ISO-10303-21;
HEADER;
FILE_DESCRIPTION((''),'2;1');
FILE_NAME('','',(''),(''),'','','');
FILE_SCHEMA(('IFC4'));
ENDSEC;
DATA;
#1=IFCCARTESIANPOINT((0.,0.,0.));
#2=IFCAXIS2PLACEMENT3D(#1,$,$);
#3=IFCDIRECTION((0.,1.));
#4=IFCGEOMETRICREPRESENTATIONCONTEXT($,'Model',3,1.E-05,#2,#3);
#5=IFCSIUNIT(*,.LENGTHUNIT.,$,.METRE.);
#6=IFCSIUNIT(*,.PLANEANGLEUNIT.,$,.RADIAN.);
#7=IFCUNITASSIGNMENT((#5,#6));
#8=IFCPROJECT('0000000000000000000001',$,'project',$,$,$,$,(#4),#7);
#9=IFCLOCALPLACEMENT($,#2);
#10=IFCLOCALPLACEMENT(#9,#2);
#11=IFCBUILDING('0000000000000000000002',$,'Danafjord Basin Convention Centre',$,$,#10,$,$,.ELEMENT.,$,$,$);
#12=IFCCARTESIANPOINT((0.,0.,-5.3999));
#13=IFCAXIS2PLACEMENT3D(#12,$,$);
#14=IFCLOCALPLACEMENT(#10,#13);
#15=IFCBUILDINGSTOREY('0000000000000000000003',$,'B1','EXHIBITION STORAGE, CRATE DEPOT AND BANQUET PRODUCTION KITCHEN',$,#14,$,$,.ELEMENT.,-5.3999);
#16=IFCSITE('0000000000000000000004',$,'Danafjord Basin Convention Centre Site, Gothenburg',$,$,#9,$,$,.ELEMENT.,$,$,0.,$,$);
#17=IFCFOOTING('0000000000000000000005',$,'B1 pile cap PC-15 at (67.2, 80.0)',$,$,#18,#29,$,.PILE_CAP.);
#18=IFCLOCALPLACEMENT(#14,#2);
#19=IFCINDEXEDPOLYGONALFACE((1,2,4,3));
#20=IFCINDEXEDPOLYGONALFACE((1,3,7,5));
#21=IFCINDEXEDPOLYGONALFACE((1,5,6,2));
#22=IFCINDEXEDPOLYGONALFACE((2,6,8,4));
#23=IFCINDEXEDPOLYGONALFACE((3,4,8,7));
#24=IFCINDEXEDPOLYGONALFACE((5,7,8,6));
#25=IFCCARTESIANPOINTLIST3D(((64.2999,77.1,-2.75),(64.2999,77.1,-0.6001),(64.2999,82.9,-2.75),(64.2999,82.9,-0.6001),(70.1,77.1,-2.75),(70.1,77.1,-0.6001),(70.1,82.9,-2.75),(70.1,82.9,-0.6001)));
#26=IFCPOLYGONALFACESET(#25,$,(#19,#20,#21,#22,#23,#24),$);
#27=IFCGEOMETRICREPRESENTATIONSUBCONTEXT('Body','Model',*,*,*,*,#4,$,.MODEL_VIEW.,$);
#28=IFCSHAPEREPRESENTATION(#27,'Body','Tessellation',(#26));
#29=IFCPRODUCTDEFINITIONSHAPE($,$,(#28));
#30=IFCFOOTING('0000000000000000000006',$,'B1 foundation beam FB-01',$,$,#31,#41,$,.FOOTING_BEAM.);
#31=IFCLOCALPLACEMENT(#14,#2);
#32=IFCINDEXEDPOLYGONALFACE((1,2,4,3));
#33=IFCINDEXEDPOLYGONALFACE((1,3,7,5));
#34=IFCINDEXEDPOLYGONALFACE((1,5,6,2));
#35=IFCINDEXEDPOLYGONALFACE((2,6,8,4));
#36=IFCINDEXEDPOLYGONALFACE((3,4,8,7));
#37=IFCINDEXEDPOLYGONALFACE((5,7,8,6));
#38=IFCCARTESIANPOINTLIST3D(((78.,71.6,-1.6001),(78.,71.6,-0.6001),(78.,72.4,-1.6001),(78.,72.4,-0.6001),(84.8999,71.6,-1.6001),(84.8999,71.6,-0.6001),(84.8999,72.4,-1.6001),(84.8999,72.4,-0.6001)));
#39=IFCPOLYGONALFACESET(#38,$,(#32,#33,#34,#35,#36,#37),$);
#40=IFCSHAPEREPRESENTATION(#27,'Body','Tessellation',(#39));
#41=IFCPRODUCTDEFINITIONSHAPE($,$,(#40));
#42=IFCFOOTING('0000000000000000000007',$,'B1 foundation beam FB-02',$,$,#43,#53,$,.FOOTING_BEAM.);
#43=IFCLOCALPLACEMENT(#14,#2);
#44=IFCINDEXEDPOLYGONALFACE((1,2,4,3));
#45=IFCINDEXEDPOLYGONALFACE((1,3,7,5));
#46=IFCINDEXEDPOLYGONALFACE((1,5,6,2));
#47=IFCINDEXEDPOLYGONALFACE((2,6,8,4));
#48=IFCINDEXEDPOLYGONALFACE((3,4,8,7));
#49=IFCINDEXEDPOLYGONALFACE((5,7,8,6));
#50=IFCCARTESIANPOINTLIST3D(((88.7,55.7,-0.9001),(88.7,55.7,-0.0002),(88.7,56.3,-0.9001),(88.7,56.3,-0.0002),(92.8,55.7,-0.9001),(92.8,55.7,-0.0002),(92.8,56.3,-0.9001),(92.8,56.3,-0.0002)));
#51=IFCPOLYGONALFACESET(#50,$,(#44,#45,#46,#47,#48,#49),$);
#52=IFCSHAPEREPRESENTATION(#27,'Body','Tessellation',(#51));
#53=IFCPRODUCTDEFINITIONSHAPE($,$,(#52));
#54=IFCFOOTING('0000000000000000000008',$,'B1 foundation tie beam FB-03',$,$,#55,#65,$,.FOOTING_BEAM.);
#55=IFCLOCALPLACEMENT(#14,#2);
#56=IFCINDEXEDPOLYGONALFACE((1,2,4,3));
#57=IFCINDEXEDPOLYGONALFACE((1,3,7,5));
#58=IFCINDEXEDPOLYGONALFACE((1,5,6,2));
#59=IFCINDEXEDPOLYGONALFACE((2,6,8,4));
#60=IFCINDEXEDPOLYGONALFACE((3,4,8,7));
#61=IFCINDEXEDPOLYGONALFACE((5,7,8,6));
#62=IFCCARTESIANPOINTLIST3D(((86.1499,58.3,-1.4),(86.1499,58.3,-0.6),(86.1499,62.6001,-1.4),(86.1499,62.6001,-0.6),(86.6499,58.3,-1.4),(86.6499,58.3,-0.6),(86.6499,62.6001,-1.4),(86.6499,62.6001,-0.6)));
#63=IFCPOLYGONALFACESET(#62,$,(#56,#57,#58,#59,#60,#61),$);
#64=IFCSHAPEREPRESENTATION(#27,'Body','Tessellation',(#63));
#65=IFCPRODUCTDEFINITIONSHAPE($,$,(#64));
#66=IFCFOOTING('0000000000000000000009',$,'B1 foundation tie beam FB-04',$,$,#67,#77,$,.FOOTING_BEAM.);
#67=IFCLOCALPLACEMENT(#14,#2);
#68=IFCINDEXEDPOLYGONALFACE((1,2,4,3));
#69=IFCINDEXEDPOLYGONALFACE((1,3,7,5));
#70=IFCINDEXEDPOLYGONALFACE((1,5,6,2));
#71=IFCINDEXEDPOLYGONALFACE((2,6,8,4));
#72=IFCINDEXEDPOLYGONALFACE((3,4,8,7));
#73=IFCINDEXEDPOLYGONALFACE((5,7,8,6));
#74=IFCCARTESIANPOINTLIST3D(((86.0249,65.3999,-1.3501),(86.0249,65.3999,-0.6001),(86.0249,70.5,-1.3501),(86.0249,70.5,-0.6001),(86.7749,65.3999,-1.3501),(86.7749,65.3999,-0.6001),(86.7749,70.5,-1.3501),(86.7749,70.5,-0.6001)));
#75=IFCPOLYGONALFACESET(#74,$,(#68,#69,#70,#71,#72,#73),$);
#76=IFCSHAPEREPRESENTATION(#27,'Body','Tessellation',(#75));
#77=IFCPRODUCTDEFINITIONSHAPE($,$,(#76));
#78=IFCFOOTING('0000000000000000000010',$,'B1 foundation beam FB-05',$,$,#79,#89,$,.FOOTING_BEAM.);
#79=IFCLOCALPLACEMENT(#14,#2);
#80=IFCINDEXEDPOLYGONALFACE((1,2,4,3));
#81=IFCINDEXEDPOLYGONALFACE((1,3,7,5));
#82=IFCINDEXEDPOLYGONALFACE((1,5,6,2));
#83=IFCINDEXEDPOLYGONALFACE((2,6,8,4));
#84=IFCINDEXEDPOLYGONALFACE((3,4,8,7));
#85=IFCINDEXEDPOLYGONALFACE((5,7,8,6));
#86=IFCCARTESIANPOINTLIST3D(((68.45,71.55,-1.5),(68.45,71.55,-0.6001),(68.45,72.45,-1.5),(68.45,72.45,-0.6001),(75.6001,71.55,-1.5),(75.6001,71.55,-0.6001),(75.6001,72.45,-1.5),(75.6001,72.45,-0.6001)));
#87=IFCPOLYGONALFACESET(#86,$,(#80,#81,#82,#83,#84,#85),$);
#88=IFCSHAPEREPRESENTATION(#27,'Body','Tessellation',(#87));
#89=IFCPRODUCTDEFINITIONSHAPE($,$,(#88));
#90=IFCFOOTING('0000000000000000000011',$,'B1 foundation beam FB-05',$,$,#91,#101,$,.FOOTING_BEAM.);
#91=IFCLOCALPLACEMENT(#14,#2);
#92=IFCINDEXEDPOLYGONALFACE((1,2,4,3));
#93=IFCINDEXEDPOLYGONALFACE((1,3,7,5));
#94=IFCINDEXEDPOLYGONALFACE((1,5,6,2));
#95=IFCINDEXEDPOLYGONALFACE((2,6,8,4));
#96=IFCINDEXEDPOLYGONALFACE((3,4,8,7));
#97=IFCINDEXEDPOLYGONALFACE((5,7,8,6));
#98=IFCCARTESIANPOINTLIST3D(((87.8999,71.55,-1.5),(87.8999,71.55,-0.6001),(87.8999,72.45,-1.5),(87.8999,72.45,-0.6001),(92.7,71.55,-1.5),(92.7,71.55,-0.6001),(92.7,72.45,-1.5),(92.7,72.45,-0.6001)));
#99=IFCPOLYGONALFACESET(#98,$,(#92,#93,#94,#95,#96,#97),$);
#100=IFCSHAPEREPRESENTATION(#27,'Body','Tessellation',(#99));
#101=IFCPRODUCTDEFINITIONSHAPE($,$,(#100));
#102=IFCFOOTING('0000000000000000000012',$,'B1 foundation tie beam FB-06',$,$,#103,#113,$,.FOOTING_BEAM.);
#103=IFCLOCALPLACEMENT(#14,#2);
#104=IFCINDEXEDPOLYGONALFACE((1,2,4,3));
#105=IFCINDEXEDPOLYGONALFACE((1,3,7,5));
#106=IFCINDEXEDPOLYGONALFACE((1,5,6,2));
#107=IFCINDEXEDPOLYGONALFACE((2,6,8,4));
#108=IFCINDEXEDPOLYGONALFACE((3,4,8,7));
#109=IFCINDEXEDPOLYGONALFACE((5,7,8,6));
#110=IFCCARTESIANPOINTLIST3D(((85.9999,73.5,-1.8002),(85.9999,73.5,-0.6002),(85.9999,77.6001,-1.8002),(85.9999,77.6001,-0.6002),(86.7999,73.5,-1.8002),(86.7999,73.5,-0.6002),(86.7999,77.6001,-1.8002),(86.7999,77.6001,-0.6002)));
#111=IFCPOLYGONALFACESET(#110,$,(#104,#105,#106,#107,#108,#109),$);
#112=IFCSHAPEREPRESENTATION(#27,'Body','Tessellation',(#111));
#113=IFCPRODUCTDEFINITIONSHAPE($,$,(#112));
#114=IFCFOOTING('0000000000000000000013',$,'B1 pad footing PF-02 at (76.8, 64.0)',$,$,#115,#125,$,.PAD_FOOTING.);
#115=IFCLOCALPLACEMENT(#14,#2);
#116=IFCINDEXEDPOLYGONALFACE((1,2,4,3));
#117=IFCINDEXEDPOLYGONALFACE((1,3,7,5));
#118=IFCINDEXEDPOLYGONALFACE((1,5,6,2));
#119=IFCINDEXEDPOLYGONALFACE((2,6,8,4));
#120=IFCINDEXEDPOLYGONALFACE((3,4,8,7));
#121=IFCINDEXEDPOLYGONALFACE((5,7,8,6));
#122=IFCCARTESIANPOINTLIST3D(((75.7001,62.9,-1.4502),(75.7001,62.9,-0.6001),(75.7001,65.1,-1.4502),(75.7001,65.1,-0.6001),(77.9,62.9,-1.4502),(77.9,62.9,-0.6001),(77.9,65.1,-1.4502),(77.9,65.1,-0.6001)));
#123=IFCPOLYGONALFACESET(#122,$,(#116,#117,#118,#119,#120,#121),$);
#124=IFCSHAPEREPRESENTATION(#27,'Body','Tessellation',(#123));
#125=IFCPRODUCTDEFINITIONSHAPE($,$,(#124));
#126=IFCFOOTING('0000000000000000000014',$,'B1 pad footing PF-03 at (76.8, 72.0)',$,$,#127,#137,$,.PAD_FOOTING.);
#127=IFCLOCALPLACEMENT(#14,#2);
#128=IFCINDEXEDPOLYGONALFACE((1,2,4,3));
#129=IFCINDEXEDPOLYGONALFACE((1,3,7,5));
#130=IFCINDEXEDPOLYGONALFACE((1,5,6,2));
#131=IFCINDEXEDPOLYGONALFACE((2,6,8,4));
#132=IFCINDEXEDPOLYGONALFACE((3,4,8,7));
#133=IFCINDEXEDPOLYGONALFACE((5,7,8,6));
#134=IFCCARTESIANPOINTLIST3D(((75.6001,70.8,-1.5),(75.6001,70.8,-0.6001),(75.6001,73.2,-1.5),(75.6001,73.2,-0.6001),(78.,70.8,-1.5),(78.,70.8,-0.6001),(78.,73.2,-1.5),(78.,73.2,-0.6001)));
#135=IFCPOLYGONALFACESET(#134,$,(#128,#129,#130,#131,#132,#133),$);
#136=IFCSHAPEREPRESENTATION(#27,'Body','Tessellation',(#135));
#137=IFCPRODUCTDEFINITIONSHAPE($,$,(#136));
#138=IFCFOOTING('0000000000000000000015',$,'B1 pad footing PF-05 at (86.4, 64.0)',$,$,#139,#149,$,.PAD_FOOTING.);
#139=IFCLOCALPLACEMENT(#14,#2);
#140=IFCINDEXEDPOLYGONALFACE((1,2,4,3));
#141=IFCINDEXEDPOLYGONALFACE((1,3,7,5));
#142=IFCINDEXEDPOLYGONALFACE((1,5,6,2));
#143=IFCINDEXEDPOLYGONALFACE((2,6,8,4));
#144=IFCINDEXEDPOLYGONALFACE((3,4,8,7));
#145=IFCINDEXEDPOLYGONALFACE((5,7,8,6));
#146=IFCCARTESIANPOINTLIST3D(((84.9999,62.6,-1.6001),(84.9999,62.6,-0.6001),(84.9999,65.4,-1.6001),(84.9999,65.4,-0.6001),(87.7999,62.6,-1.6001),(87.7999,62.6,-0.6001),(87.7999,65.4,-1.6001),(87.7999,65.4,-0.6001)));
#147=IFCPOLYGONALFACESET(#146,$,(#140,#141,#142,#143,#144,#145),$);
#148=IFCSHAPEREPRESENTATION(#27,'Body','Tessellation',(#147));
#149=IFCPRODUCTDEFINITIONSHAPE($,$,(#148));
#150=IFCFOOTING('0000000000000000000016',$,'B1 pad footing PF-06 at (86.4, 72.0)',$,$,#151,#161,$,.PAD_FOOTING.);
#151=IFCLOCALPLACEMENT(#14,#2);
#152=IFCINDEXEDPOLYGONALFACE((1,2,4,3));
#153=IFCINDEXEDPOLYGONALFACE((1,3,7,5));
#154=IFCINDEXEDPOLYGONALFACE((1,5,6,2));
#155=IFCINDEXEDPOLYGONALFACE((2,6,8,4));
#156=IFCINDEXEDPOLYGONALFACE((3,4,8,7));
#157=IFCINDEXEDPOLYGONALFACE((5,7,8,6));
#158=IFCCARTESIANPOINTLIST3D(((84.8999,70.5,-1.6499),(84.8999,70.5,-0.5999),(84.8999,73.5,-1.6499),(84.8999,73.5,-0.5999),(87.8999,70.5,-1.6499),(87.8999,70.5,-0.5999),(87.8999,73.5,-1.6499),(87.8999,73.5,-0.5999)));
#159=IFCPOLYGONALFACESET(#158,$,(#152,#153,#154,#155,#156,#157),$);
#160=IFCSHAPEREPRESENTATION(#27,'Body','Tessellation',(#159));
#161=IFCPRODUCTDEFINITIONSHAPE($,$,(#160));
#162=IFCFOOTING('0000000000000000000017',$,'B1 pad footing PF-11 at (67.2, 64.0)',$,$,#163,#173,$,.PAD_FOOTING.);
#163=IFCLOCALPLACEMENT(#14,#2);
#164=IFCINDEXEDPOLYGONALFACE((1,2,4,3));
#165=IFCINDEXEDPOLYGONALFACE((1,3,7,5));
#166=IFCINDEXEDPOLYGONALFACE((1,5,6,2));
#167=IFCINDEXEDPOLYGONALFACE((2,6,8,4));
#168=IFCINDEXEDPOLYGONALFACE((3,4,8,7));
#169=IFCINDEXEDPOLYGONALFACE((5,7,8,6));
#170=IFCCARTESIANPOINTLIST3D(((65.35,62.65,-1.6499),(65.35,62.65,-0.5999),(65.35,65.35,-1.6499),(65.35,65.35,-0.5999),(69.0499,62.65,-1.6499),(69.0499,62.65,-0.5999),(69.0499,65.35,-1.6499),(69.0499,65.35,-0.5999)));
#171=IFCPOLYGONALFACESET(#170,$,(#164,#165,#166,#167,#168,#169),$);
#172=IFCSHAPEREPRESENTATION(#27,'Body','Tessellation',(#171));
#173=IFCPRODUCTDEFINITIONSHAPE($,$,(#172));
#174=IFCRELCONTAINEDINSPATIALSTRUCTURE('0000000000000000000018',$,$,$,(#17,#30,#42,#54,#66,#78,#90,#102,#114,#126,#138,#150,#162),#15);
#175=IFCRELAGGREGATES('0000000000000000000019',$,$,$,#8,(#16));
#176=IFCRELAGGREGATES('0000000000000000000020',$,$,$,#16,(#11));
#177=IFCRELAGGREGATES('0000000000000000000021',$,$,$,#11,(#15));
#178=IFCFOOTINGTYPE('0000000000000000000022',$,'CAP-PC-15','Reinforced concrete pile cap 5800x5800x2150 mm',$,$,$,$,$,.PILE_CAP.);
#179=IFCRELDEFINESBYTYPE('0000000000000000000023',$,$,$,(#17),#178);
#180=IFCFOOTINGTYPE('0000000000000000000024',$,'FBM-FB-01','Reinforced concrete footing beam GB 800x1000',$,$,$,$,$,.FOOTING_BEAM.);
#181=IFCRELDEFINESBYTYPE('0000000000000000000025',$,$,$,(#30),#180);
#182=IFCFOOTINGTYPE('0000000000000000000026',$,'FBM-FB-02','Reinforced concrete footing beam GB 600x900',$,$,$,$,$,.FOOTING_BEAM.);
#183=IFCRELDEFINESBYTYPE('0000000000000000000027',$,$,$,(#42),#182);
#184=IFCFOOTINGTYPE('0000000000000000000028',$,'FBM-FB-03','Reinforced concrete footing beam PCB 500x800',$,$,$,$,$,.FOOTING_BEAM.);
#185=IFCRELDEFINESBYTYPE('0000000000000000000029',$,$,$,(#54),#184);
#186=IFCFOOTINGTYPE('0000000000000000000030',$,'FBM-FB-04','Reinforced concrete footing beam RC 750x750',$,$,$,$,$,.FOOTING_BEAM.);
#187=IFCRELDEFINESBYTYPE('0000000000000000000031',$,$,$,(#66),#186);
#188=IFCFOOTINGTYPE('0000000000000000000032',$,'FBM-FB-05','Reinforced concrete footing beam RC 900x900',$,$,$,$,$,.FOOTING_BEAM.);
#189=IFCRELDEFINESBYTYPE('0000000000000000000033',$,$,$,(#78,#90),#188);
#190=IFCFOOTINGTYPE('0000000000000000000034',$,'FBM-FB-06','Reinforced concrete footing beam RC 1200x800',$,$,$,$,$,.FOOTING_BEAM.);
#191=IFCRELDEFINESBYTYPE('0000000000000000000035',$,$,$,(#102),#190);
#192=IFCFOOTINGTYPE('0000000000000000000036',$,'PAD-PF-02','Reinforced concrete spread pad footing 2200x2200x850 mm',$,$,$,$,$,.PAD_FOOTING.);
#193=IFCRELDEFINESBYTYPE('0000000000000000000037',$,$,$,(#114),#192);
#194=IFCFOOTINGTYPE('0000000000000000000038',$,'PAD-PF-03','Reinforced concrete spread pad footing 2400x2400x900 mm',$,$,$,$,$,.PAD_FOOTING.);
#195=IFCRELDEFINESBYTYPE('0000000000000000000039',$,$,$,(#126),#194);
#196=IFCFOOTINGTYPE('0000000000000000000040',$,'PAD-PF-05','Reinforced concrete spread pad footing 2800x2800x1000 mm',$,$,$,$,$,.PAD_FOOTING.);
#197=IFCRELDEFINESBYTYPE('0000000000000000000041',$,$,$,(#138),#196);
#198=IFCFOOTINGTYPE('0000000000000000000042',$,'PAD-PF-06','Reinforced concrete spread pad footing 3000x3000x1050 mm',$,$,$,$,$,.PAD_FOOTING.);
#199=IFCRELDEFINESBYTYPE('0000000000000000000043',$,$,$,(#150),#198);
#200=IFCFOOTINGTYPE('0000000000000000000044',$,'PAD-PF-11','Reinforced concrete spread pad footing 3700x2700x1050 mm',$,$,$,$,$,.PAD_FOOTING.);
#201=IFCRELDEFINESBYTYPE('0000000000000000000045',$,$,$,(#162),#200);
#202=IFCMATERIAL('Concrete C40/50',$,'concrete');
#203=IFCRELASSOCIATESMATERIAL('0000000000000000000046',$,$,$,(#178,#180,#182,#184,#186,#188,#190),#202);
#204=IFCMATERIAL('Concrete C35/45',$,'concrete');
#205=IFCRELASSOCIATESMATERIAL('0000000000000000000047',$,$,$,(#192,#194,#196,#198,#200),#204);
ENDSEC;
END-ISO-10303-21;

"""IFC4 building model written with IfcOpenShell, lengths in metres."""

from ifc_helpers import new_model, si_unit, direction, frame, origin, origin_2d, place, context, subcontext, project, spatial, rectangle, extrude, material, material_profile, profile_set, type_object, element, save


model = new_model("IFC4")

# Units and contexts
model_context = context("Model", 3, precision=1e-05, world=origin(), true_north=direction((0.0, 1.0)))
body_context = subcontext(model_context, "Body", "Model", "MODEL_VIEW")
ifc_project = project(units=[si_unit("LENGTHUNIT", "METRE"), si_unit("PLANEANGLEUNIT", "RADIAN")], contexts=[model_context])

# Site, building, storey
site_placement = place(None, origin())
site = spatial("IfcSite", under=ifc_project, at=site_placement, Name="Danafjord Basin Convention Centre Site, Gothenburg", CompositionType="ELEMENT", RefElevation=0.0)
building_placement = place(site_placement, origin())
building = spatial("IfcBuilding", under=site, at=building_placement, Name="Danafjord Basin Convention Centre", CompositionType="ELEMENT")
storey_placement = place(building_placement, frame((0.0, 0.0, -5.3999)))
storey = spatial("IfcBuildingStorey", under=building, at=storey_placement, Name="B1", Description="EXHIBITION STORAGE, CRATE DEPOT AND BANQUET PRODUCTION KITCHEN", CompositionType="ELEMENT", Elevation=-5.3999)

# Footings
ifc_material_1 = material(Name="Concrete C40/50", Category="concrete")
footing_type_1 = type_object("IfcFootingType", Name="CAP-PC-15", Description="Reinforced concrete pile cap 5800x5800x2150 mm", PredefinedType="PILE_CAP", material=ifc_material_1)
footing_1_placement = place(storey_placement, frame((67.2, 80.0, -2.75), z_axis=(0.0, 0.0, 1.0), x_axis=(1.0, 0.0, 0.0)))
element("IfcFooting", 1, at=footing_1_placement, inside=storey, type_object=footing_type_1, Name="B1 pile cap PC-15 at (67.2, 80.0)", PredefinedType="PILE_CAP", context=body_context, shape_type="SweptSolid", body=[
    extrude(rectangle(XDim=5.8, YDim=5.8, at=origin_2d()), origin(), (0.0, 0.0, 1.0), 2.1499),
])
ifc_material_profile_1 = material_profile(ifc_material_1, rectangle(XDim=0.8, YDim=1.0, at=origin_2d()), Name="GB 800x1000")
ifc_profile_set_1 = profile_set([ifc_material_profile_1], Name="Concrete C40/50")
footing_type_2 = type_object("IfcFootingType", Name="FBM-FB-01", Description="Reinforced concrete footing beam GB 800x1000", PredefinedType="FOOTING_BEAM", material=ifc_profile_set_1)
footing_2_placement = place(storey_placement, frame((78.0, 72.0, -1.1001), z_axis=(1.0, 0.0, 0.0), x_axis=(0.0, 1.0, 0.0)))
element("IfcFooting", 2, at=footing_2_placement, inside=storey, type_object=footing_type_2, Name="B1 foundation beam FB-01", PredefinedType="FOOTING_BEAM", context=body_context, shape_type="SweptSolid", body=[
    extrude(rectangle(XDim=0.8, YDim=1.0, at=origin_2d()), origin(), (0.0, 0.0, 1.0), 6.8999),
])
ifc_material_profile_2 = material_profile(ifc_material_1, rectangle(XDim=0.6001, YDim=0.8999, at=origin_2d()), Name="GB 600x900")
ifc_profile_set_2 = profile_set([ifc_material_profile_2], Name="Concrete C40/50")
footing_type_3 = type_object("IfcFootingType", Name="FBM-FB-02", Description="Reinforced concrete footing beam GB 600x900", PredefinedType="FOOTING_BEAM", material=ifc_profile_set_2)
footing_3_placement = place(storey_placement, frame((88.7, 56.0, -0.4502), z_axis=(1.0, 0.0, 0.0), x_axis=(0.0, 1.0, 0.0)))
element("IfcFooting", 3, at=footing_3_placement, inside=storey, type_object=footing_type_3, Name="B1 foundation beam FB-02", PredefinedType="FOOTING_BEAM", context=body_context, shape_type="SweptSolid", body=[
    extrude(rectangle(XDim=0.6001, YDim=0.8999, at=origin_2d()), origin(), (0.0, 0.0, 1.0), 4.1001),
])
ifc_material_profile_3 = material_profile(ifc_material_1, rectangle(XDim=0.5, YDim=0.8, at=origin_2d()), Name="PCB 500x800")
ifc_profile_set_3 = profile_set([ifc_material_profile_3], Name="Concrete C40/50")
footing_type_4 = type_object("IfcFootingType", Name="FBM-FB-03", Description="Reinforced concrete footing beam PCB 500x800", PredefinedType="FOOTING_BEAM", material=ifc_profile_set_3)
footing_4_placement = place(storey_placement, frame((86.3999, 58.3, -1.0), z_axis=(0.0, 1.0, 0.0), x_axis=(-1.0, 0.0, 0.0)))
element("IfcFooting", 4, at=footing_4_placement, inside=storey, type_object=footing_type_4, Name="B1 foundation tie beam FB-03", PredefinedType="FOOTING_BEAM", context=body_context, shape_type="SweptSolid", body=[
    extrude(rectangle(XDim=0.5, YDim=0.8, at=origin_2d()), origin(), (0.0, 0.0, 1.0), 4.3),
])
ifc_material_profile_4 = material_profile(ifc_material_1, rectangle(XDim=0.75, YDim=0.75, at=origin_2d()), Name="RC 750x750")
ifc_profile_set_4 = profile_set([ifc_material_profile_4], Name="Concrete C40/50")
footing_type_5 = type_object("IfcFootingType", Name="FBM-FB-04", Description="Reinforced concrete footing beam RC 750x750", PredefinedType="FOOTING_BEAM", material=ifc_profile_set_4)
footing_5_placement = place(storey_placement, frame((86.3999, 65.3999, -0.9751), z_axis=(0.0, 1.0, 0.0), x_axis=(-1.0, 0.0, 0.0)))
element("IfcFooting", 5, at=footing_5_placement, inside=storey, type_object=footing_type_5, Name="B1 foundation tie beam FB-04", PredefinedType="FOOTING_BEAM", context=body_context, shape_type="SweptSolid", body=[
    extrude(rectangle(XDim=0.75, YDim=0.75, at=origin_2d()), origin(), (0.0, 0.0, 1.0), 5.1001),
])
ifc_material_profile_5 = material_profile(ifc_material_1, rectangle(XDim=0.8999, YDim=0.8999, at=origin_2d()), Name="RC 900x900")
ifc_profile_set_5 = profile_set([ifc_material_profile_5], Name="Concrete C40/50")
footing_type_6 = type_object("IfcFootingType", Name="FBM-FB-05", Description="Reinforced concrete footing beam RC 900x900", PredefinedType="FOOTING_BEAM", material=ifc_profile_set_5)
footing_6_placement = place(storey_placement, frame((68.45, 72.0, -1.05), z_axis=(1.0, 0.0, 0.0), x_axis=(0.0, 1.0, 0.0)))
element("IfcFooting", 6, at=footing_6_placement, inside=storey, type_object=footing_type_6, Name="B1 foundation beam FB-05", PredefinedType="FOOTING_BEAM", context=body_context, shape_type="SweptSolid", body=[
    extrude(rectangle(XDim=0.8999, YDim=0.8999, at=origin_2d()), origin(), (0.0, 0.0, 1.0), 7.1501),
])
footing_7_placement = place(storey_placement, frame((87.8999, 72.0, -1.05), z_axis=(1.0, 0.0, 0.0), x_axis=(0.0, 1.0, 0.0)))
element("IfcFooting", 7, at=footing_7_placement, inside=storey, type_object=footing_type_6, Name="B1 foundation beam FB-05", PredefinedType="FOOTING_BEAM", context=body_context, shape_type="SweptSolid", body=[
    extrude(rectangle(XDim=0.8999, YDim=0.8999, at=origin_2d()), origin(), (0.0, 0.0, 1.0), 4.8),
])
ifc_material_profile_6 = material_profile(ifc_material_1, rectangle(XDim=0.8, YDim=1.2, at=origin_2d()), Name="RC 1200x800")
ifc_profile_set_6 = profile_set([ifc_material_profile_6], Name="Concrete C40/50")
footing_type_7 = type_object("IfcFootingType", Name="FBM-FB-06", Description="Reinforced concrete footing beam RC 1200x800", PredefinedType="FOOTING_BEAM", material=ifc_profile_set_6)
footing_8_placement = place(storey_placement, frame((86.3999, 73.5, -1.2002), z_axis=(0.0, 1.0, 0.0), x_axis=(-1.0, 0.0, 0.0)))
element("IfcFooting", 8, at=footing_8_placement, inside=storey, type_object=footing_type_7, Name="B1 foundation tie beam FB-06", PredefinedType="FOOTING_BEAM", context=body_context, shape_type="SweptSolid", body=[
    extrude(rectangle(XDim=0.8, YDim=1.2, at=origin_2d()), origin(), (0.0, 0.0, 1.0), 4.1001),
])
ifc_material_2 = material(Name="Concrete C35/45", Category="concrete")
footing_type_8 = type_object("IfcFootingType", Name="PAD-PF-02", Description="Reinforced concrete spread pad footing 2200x2200x850 mm", PredefinedType="PAD_FOOTING", material=ifc_material_2)
footing_9_placement = place(storey_placement, frame((76.8, 64.0, -1.4502), z_axis=(0.0, 0.0, 1.0), x_axis=(1.0, 0.0, 0.0)))
element("IfcFooting", 9, at=footing_9_placement, inside=storey, type_object=footing_type_8, Name="B1 pad footing PF-02 at (76.8, 64.0)", PredefinedType="PAD_FOOTING", context=body_context, shape_type="SweptSolid", body=[
    extrude(rectangle(XDim=2.2, YDim=2.2, at=origin_2d()), origin(), (0.0, 0.0, 1.0), 0.8501),
])
footing_type_9 = type_object("IfcFootingType", Name="PAD-PF-03", Description="Reinforced concrete spread pad footing 2400x2400x900 mm", PredefinedType="PAD_FOOTING", material=ifc_material_2)
footing_10_placement = place(storey_placement, frame((76.8, 72.0, -1.5), z_axis=(0.0, 0.0, 1.0), x_axis=(1.0, 0.0, 0.0)))
element("IfcFooting", 10, at=footing_10_placement, inside=storey, type_object=footing_type_9, Name="B1 pad footing PF-03 at (76.8, 72.0)", PredefinedType="PAD_FOOTING", context=body_context, shape_type="SweptSolid", body=[
    extrude(rectangle(XDim=2.3999, YDim=2.3999, at=origin_2d()), origin(), (0.0, 0.0, 1.0), 0.8999),
])
footing_type_10 = type_object("IfcFootingType", Name="PAD-PF-05", Description="Reinforced concrete spread pad footing 2800x2800x1000 mm", PredefinedType="PAD_FOOTING", material=ifc_material_2)
footing_11_placement = place(storey_placement, frame((86.3999, 64.0, -1.6001), z_axis=(0.0, 0.0, 1.0), x_axis=(1.0, 0.0, 0.0)))
element("IfcFooting", 11, at=footing_11_placement, inside=storey, type_object=footing_type_10, Name="B1 pad footing PF-05 at (86.4, 64.0)", PredefinedType="PAD_FOOTING", context=body_context, shape_type="SweptSolid", body=[
    extrude(rectangle(XDim=2.8, YDim=2.8, at=origin_2d()), origin(), (0.0, 0.0, 1.0), 1.0),
])
footing_type_11 = type_object("IfcFootingType", Name="PAD-PF-06", Description="Reinforced concrete spread pad footing 3000x3000x1050 mm", PredefinedType="PAD_FOOTING", material=ifc_material_2)
footing_12_placement = place(storey_placement, frame((86.3999, 72.0, -1.6499), z_axis=(0.0, 0.0, 1.0), x_axis=(1.0, 0.0, 0.0)))
element("IfcFooting", 12, at=footing_12_placement, inside=storey, type_object=footing_type_11, Name="B1 pad footing PF-06 at (86.4, 72.0)", PredefinedType="PAD_FOOTING", context=body_context, shape_type="SweptSolid", body=[
    extrude(rectangle(XDim=3.0, YDim=3.0, at=origin_2d()), origin(), (0.0, 0.0, 1.0), 1.05),
])
footing_type_12 = type_object("IfcFootingType", Name="PAD-PF-11", Description="Reinforced concrete spread pad footing 3700x2700x1050 mm", PredefinedType="PAD_FOOTING", material=ifc_material_2)
footing_13_placement = place(storey_placement, frame((67.2, 64.0, -1.6499), z_axis=(0.0, 0.0, 1.0), x_axis=(1.0, 0.0, 0.0)))
element("IfcFooting", 13, at=footing_13_placement, inside=storey, type_object=footing_type_12, Name="B1 pad footing PF-11 at (67.2, 64.0)", PredefinedType="PAD_FOOTING", context=body_context, shape_type="SweptSolid", body=[
    extrude(rectangle(XDim=3.7, YDim=2.7, at=origin_2d()), origin(), (0.0, 0.0, 1.0), 1.05),
])

save(model, "model.ifc")
